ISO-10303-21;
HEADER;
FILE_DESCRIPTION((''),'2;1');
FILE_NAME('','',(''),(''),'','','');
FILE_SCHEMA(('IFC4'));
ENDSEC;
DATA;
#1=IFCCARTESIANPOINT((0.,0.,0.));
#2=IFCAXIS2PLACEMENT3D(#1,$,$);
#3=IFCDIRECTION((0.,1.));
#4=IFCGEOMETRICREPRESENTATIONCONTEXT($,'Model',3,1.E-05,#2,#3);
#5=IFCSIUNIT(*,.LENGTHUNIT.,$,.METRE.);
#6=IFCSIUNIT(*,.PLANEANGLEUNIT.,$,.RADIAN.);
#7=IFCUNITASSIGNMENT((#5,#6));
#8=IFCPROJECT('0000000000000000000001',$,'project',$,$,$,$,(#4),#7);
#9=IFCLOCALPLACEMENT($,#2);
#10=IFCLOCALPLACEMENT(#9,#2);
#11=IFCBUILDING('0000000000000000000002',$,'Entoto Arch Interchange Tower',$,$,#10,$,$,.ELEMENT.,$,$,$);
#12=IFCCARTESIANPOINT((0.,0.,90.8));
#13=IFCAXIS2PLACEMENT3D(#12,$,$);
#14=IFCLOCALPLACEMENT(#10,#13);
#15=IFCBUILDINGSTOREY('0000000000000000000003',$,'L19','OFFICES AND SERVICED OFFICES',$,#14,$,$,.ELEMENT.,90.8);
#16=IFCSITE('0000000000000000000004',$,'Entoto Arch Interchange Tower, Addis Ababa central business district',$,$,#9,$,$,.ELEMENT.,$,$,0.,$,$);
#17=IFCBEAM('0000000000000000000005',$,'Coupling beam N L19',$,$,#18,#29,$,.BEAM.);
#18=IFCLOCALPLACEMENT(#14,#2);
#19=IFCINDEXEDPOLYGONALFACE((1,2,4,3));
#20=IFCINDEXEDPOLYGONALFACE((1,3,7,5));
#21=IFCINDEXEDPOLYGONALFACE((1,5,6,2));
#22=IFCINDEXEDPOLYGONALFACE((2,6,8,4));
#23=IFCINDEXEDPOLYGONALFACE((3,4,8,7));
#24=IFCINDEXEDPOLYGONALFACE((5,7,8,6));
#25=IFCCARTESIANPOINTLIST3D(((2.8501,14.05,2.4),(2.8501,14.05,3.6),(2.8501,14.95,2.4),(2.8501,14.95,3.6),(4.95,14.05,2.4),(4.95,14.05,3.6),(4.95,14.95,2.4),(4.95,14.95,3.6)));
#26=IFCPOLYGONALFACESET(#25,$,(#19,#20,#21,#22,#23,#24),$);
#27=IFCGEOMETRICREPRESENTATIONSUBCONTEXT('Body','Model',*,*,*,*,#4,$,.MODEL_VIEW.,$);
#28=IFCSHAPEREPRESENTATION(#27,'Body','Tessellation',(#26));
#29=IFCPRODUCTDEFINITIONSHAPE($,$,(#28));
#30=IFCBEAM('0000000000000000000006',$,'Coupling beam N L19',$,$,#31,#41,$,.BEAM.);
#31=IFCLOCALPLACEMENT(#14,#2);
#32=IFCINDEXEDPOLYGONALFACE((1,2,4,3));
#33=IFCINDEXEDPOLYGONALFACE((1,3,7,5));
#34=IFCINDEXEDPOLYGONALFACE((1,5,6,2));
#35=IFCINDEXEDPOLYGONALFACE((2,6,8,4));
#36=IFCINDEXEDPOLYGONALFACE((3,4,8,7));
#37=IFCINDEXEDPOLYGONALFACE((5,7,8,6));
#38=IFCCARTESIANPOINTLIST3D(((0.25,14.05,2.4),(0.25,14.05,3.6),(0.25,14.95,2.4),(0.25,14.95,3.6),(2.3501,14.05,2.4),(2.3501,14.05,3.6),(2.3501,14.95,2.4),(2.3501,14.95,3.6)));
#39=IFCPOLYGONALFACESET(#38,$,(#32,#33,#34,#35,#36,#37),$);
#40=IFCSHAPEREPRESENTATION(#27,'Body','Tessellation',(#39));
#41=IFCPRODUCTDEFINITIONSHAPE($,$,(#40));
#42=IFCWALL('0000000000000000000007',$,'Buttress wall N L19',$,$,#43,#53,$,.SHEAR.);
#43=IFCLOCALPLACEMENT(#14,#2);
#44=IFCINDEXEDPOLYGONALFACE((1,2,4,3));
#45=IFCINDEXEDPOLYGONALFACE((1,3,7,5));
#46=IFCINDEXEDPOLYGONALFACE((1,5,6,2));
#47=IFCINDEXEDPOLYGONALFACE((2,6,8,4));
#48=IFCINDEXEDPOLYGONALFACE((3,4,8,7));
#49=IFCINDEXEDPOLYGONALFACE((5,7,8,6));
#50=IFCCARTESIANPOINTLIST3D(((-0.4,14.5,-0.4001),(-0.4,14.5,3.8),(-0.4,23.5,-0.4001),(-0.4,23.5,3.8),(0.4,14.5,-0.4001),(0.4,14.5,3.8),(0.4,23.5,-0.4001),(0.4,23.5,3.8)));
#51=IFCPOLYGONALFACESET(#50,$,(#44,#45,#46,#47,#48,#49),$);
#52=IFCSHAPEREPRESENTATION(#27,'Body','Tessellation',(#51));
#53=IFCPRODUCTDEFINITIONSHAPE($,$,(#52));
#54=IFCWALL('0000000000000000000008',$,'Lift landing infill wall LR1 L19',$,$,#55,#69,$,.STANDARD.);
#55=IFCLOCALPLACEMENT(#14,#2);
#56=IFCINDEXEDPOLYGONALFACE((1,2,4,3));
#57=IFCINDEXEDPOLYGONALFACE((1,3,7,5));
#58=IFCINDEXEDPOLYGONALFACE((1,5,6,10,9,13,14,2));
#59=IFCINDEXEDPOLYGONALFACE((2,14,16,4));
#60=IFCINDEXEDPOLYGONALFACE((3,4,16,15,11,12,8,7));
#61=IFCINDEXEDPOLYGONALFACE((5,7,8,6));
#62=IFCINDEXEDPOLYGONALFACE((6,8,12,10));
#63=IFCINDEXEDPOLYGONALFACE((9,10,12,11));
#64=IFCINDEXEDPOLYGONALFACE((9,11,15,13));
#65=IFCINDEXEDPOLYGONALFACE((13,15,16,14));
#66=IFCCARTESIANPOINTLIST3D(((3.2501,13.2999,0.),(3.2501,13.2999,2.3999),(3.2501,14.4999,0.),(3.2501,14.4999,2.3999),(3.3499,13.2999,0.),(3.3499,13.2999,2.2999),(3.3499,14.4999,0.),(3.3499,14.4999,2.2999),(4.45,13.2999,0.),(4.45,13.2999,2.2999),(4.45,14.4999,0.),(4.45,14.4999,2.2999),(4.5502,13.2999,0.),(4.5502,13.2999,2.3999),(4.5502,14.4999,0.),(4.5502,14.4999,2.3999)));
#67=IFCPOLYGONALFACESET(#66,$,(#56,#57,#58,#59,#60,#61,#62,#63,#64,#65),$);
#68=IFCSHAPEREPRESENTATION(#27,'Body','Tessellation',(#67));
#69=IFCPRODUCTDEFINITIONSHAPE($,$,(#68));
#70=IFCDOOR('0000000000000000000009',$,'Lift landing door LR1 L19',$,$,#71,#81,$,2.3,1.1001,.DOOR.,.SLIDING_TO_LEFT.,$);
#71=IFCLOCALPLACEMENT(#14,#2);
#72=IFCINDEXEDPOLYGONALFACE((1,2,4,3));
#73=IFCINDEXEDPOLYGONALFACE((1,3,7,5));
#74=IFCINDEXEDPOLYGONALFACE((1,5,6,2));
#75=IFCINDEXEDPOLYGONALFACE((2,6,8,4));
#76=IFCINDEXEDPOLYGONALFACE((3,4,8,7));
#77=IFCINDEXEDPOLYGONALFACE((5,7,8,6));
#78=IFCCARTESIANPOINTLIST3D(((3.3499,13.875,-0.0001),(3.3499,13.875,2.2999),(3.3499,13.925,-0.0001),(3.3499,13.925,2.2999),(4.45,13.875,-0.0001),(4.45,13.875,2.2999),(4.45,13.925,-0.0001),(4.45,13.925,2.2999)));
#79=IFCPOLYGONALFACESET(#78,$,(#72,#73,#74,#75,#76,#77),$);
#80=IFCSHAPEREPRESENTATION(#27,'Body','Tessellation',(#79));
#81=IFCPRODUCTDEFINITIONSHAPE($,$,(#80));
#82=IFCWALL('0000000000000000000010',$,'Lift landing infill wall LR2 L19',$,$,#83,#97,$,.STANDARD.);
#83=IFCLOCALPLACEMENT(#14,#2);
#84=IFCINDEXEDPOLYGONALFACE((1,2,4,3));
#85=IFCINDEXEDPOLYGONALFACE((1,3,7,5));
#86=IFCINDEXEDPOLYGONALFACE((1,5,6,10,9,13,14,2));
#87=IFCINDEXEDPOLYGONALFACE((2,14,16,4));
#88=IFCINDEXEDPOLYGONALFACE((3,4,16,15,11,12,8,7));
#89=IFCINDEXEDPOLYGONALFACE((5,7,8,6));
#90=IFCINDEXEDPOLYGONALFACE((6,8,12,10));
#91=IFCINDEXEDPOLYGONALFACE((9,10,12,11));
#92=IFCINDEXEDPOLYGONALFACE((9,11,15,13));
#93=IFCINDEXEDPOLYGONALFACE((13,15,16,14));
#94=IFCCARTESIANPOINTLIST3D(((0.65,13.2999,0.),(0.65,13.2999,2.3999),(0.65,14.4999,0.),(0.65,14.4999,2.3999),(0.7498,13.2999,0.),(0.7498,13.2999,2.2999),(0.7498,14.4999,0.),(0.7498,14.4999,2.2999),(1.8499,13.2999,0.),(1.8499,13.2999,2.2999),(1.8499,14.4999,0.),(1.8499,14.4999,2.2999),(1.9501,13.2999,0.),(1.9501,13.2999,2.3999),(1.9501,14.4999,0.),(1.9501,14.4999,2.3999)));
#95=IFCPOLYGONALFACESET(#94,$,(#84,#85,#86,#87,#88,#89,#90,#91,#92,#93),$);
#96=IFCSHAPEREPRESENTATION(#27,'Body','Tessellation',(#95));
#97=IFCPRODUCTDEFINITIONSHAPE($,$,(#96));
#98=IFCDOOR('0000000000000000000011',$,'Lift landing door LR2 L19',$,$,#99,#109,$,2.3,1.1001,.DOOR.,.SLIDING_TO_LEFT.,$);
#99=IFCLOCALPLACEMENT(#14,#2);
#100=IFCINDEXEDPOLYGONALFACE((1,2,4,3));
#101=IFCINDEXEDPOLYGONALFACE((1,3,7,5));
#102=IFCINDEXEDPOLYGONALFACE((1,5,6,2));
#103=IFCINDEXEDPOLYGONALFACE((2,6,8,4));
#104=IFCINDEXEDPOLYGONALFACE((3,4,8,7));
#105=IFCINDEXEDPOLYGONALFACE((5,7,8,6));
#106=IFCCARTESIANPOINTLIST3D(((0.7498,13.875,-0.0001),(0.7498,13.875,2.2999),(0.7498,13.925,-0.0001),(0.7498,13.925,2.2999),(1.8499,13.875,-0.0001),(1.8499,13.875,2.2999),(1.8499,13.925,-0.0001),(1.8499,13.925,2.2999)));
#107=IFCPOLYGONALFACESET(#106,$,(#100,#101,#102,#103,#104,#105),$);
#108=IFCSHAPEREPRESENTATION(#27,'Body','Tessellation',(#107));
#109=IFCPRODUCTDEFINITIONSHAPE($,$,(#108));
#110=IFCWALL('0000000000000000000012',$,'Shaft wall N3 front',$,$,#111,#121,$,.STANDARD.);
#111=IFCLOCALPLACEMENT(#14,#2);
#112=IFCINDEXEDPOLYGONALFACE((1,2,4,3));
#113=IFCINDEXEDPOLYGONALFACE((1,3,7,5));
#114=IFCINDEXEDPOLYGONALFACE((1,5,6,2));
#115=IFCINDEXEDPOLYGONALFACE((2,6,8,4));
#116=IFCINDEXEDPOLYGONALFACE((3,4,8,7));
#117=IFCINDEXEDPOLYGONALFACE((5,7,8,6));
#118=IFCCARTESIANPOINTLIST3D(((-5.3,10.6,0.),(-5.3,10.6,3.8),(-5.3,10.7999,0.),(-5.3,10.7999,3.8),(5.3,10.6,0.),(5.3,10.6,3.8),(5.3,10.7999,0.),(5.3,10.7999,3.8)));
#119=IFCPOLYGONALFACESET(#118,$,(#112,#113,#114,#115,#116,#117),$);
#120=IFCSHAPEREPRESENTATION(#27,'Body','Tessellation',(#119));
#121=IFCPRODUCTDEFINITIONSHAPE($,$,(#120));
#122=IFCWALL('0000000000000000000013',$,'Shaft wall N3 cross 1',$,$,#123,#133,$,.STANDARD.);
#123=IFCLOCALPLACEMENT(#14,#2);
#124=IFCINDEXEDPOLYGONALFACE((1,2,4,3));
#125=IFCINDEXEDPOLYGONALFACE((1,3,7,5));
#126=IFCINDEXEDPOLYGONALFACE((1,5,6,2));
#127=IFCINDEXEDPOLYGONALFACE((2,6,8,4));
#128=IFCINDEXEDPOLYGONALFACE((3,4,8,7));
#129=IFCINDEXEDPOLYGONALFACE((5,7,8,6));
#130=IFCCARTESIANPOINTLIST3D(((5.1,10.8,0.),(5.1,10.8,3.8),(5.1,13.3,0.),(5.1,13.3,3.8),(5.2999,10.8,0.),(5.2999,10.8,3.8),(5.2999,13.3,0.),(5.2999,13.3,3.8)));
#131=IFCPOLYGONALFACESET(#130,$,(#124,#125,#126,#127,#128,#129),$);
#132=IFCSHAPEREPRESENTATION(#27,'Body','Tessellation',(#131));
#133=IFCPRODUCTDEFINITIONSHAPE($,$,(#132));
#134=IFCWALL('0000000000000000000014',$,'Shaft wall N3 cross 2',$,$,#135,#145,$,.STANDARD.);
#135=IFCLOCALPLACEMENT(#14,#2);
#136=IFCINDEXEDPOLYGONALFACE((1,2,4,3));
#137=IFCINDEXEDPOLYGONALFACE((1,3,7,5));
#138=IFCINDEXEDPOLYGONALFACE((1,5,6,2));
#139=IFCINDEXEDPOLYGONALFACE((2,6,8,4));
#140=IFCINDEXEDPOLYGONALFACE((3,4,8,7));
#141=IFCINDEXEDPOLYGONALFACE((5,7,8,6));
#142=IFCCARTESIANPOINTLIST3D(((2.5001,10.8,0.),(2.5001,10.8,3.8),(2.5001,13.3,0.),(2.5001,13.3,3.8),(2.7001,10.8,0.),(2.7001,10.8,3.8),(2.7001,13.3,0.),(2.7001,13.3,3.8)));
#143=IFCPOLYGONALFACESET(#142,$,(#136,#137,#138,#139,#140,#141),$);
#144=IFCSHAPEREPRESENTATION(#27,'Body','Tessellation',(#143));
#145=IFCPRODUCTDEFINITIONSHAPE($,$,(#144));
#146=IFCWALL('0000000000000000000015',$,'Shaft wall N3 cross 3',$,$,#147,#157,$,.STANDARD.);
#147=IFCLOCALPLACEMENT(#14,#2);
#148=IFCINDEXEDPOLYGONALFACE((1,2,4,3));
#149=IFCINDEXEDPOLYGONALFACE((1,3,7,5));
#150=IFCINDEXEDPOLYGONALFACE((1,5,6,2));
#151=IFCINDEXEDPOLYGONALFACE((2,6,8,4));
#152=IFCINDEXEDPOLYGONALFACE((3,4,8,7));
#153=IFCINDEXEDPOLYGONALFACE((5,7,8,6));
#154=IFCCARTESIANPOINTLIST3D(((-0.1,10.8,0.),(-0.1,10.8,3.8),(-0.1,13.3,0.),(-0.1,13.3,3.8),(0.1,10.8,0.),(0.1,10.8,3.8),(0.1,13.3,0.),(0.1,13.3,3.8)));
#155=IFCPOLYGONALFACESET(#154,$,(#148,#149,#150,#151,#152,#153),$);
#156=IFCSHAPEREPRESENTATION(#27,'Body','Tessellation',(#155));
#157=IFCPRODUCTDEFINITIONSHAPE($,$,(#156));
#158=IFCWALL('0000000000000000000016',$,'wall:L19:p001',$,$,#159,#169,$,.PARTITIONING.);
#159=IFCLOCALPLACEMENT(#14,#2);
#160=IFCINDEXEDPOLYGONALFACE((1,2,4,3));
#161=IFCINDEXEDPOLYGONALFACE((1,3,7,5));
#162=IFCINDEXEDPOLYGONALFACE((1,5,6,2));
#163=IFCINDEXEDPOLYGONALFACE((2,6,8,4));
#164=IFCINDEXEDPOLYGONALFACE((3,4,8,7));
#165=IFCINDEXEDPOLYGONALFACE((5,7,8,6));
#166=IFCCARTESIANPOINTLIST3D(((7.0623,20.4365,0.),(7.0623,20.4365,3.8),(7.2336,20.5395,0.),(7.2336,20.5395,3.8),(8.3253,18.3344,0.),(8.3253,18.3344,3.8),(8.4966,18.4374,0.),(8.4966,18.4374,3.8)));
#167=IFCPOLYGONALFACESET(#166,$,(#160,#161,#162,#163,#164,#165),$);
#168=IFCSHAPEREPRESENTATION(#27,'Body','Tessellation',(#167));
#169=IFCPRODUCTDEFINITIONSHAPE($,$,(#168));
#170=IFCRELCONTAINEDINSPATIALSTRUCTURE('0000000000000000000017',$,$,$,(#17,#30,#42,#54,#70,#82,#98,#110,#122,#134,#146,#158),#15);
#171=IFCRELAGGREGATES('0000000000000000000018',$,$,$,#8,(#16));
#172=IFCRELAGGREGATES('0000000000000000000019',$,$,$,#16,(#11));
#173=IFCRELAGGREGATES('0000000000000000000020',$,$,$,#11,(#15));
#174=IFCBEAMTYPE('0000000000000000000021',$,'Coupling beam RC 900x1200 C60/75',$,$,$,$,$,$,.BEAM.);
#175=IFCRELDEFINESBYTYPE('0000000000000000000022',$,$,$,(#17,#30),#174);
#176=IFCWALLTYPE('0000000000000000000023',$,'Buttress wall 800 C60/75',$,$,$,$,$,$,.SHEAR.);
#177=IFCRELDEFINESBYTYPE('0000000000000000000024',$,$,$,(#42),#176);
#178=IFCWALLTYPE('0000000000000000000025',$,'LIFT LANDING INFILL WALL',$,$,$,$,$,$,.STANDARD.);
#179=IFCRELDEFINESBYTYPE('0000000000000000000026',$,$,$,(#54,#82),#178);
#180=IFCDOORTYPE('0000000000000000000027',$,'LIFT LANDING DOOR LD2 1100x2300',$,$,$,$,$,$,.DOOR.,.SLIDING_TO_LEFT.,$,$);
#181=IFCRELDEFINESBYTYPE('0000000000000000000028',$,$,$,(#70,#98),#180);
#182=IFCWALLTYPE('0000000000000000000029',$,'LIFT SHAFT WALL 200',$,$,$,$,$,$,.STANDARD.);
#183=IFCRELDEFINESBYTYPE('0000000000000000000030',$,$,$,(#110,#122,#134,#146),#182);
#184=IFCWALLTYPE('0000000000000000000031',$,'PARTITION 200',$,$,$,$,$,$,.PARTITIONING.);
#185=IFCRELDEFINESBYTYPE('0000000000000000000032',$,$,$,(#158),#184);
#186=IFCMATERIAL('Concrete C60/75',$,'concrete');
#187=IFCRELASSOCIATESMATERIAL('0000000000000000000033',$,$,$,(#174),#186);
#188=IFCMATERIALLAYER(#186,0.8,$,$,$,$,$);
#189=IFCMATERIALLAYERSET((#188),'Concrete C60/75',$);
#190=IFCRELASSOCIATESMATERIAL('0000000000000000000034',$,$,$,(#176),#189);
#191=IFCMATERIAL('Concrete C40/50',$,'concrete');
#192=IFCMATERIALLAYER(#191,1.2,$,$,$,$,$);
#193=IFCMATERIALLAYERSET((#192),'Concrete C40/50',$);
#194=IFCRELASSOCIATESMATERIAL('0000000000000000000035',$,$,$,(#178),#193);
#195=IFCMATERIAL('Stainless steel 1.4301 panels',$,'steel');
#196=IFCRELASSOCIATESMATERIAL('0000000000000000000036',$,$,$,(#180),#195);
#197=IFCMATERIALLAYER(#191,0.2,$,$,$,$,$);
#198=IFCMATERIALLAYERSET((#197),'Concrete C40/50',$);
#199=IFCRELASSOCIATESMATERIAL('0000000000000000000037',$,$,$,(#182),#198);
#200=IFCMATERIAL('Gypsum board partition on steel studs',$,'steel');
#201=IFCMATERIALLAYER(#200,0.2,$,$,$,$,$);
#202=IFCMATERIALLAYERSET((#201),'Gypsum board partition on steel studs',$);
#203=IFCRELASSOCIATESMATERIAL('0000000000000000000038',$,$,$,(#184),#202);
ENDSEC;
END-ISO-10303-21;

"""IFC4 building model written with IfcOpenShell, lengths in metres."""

from ifc_helpers import new_model, si_unit, direction, frame, frame_2d, origin, origin_2d, place, context, subcontext, project, spatial, rectangle, extrude, material, layer, layer_set, material_profile, profile_set, type_object, element, fill, save


model = new_model("IFC4")

# Units and contexts
model_context = context("Model", 3, precision=1e-05, world=origin(), true_north=direction((0.0, 1.0)))
body_context = subcontext(model_context, "Body", "Model", "MODEL_VIEW")
ifc_project = project(units=[si_unit("LENGTHUNIT", "METRE"), si_unit("PLANEANGLEUNIT", "RADIAN")], contexts=[model_context])

# Site, building, storey
site_placement = place(None, origin())
site = spatial("IfcSite", under=ifc_project, at=site_placement, Name="Entoto Arch Interchange Tower, Addis Ababa central business district", CompositionType="ELEMENT", RefElevation=0.0)
building_placement = place(site_placement, origin())
building = spatial("IfcBuilding", under=site, at=building_placement, Name="Entoto Arch Interchange Tower", CompositionType="ELEMENT")
storey_placement = place(building_placement, frame((0.0, 0.0, 90.8)))
storey = spatial("IfcBuildingStorey", under=building, at=storey_placement, Name="L19", Description="OFFICES AND SERVICED OFFICES", CompositionType="ELEMENT", Elevation=90.8)

# Beams
ifc_material_1 = material(Name="Concrete C60/75", Category="concrete")
ifc_material_profile = material_profile(ifc_material_1, rectangle(XDim=0.8999, YDim=1.2, at=origin_2d()))
ifc_profile_set = profile_set([ifc_material_profile], Name="Concrete C60/75")
beam_type = type_object("IfcBeamType", Name="Coupling beam RC 900x1200 C60/75", PredefinedType="BEAM", material=ifc_profile_set)
beam_1_placement = place(storey_placement, frame((4.95, 14.5, 3.0), z_axis=(-1.0, 0.0, 0.0), x_axis=(0.0, -1.0, 0.0)))
element("IfcBeam", 1, at=beam_1_placement, inside=storey, type_object=beam_type, Name="Coupling beam N L19", PredefinedType="BEAM", context=body_context, shape_type="SweptSolid", body=[
    extrude(rectangle(XDim=0.8999, YDim=1.2, at=origin_2d()), origin(), (0.0, 0.0, 1.0), 2.0999),
])
beam_2_placement = place(storey_placement, frame((2.3501, 14.5, 3.0), z_axis=(-1.0, 0.0, 0.0), x_axis=(0.0, -1.0, 0.0)))
element("IfcBeam", 2, at=beam_2_placement, inside=storey, type_object=beam_type, Name="Coupling beam N L19", PredefinedType="BEAM", context=body_context, shape_type="SweptSolid", body=[
    extrude(rectangle(XDim=0.8999, YDim=1.2, at=origin_2d()), origin(), (0.0, 0.0, 1.0), 2.1001),
])

# Wall
ifc_layer_1 = layer(ifc_material_1, 0.8)
ifc_layer_set_1 = layer_set([ifc_layer_1], Name="Concrete C60/75")
wall_type_1 = type_object("IfcWallType", Name="Buttress wall 800 C60/75", PredefinedType="SHEAR", material=ifc_layer_set_1)
wall_1_placement = place(storey_placement, frame((0.0, 14.5, -0.4001), z_axis=(0.0, 0.0, 1.0), x_axis=(0.0, 1.0, 0.0)))
element("IfcWall", 3, at=wall_1_placement, inside=storey, type_object=wall_type_1, Name="Buttress wall N L19", PredefinedType="SHEAR", context=body_context, shape_type="SweptSolid", body=[
    extrude(rectangle(XDim=9.0, YDim=0.8, at=frame_2d((4.5, 0.0))), origin(), (0.0, 0.0, 1.0), 4.2002),
])

# Walls, openings, doors
ifc_material_2 = material(Name="Concrete C40/50", Category="concrete")
ifc_layer_2 = layer(ifc_material_2, 1.2)
ifc_layer_set_2 = layer_set([ifc_layer_2], Name="Concrete C40/50")
wall_type_2 = type_object("IfcWallType", Name="LIFT LANDING INFILL WALL", PredefinedType="STANDARD", material=ifc_layer_set_2)
wall_2_placement = place(storey_placement, frame((4.55, 13.8999, 0.0), z_axis=(0.0, 0.0, 1.0), x_axis=(-1.0, 0.0, 0.0)))
wall_2 = element("IfcWall", 4, at=wall_2_placement, inside=storey, type_object=wall_type_2, Name="Lift landing infill wall LR1 L19", PredefinedType="STANDARD", context=body_context, shape_type="SweptSolid", body=[
    extrude(rectangle(XDim=1.3, YDim=1.2, at=frame_2d((0.6499, 0.0))), origin(), (0.0, 0.0, 1.0), 2.3999),
])
opening_1_placement = place(wall_2_placement, frame((0.1001, 0.0, 0.0)))
opening_1 = element("IfcOpeningElement", 5, at=opening_1_placement, cuts=wall_2, PredefinedType="OPENING", context=body_context, shape_type="SweptSolid", body=[
    extrude(rectangle(XDim=1.1001, YDim=2.3, at=frame_2d((0.55, 1.1499))), frame((0.0, 0.6099, 0.0), z_axis=(0.0, -1.0, 0.0), x_axis=(1.0, 0.0, 0.0)), (0.0, 0.0, 1.0), 1.22),
])
ifc_material_3 = material(Name="Stainless steel 1.4301 panels", Category="steel")
door_type_1 = type_object("IfcDoorType", Name="LIFT LANDING DOOR LD2 1100x2300", OperationType="SLIDING_TO_LEFT", PredefinedType="DOOR", material=ifc_material_3)
door_1_placement = place(opening_1_placement, origin())
door_1 = element("IfcDoor", 6, at=door_1_placement, inside=storey, type_object=door_type_1, Name="Lift landing door LR1 L19", OperationType="SLIDING_TO_LEFT", OverallHeight=2.3, OverallWidth=1.1001, PredefinedType="DOOR", context=body_context, shape_type="SweptSolid", body=[
    extrude(rectangle(XDim=1.1001, YDim=2.3, at=frame_2d((0.55, 1.1499))), frame((0.0, 0.0249, 0.0), z_axis=(0.0, -1.0, 0.0), x_axis=(1.0, 0.0, 0.0)), (0.0, 0.0, 1.0), 0.05),
])
fill(opening_1, door_1)
wall_3_placement = place(storey_placement, frame((1.95, 13.8999, 0.0), z_axis=(0.0, 0.0, 1.0), x_axis=(-1.0, 0.0, 0.0)))
wall_3 = element("IfcWall", 7, at=wall_3_placement, inside=storey, type_object=wall_type_2, Name="Lift landing infill wall LR2 L19", PredefinedType="STANDARD", context=body_context, shape_type="SweptSolid", body=[
    extrude(rectangle(XDim=1.3, YDim=1.2, at=frame_2d((0.6499, 0.0))), origin(), (0.0, 0.0, 1.0), 2.3999),
])
opening_2_placement = place(wall_3_placement, frame((0.1001, 0.0, 0.0)))
opening_2 = element("IfcOpeningElement", 8, at=opening_2_placement, cuts=wall_3, PredefinedType="OPENING", context=body_context, shape_type="SweptSolid", body=[
    extrude(rectangle(XDim=1.1001, YDim=2.3, at=frame_2d((0.55, 1.1499))), frame((0.0, 0.6099, 0.0), z_axis=(0.0, -1.0, 0.0), x_axis=(1.0, 0.0, 0.0)), (0.0, 0.0, 1.0), 1.22),
])
door_2_placement = place(opening_2_placement, origin())
door_2 = element("IfcDoor", 9, at=door_2_placement, inside=storey, type_object=door_type_1, Name="Lift landing door LR2 L19", OperationType="SLIDING_TO_LEFT", OverallHeight=2.3, OverallWidth=1.1001, PredefinedType="DOOR", context=body_context, shape_type="SweptSolid", body=[
    extrude(rectangle(XDim=1.1001, YDim=2.3, at=frame_2d((0.55, 1.1499))), frame((0.0, 0.0249, 0.0), z_axis=(0.0, -1.0, 0.0), x_axis=(1.0, 0.0, 0.0)), (0.0, 0.0, 1.0), 0.05),
])
fill(opening_2, door_2)

# Walls
ifc_layer_3 = layer(ifc_material_2, 0.2)
ifc_layer_set_3 = layer_set([ifc_layer_3], Name="Concrete C40/50")
wall_type_3 = type_object("IfcWallType", Name="LIFT SHAFT WALL 200", PredefinedType="STANDARD", material=ifc_layer_set_3)
wall_4_placement = place(storey_placement, frame((5.3, 10.7, 0.0), z_axis=(0.0, 0.0, 1.0), x_axis=(-1.0, 0.0, 0.0)))
element("IfcWall", 10, at=wall_4_placement, inside=storey, type_object=wall_type_3, Name="Shaft wall N3 front", PredefinedType="STANDARD", context=body_context, shape_type="SweptSolid", body=[
    extrude(rectangle(XDim=10.6001, YDim=0.2, at=frame_2d((5.3, 0.0))), origin(), (0.0, 0.0, 1.0), 3.8),
])
for number, where, z_axis, x_axis, name in (
    (11, (5.2, 10.8, 0.0), (0.0, 0.0, 1.0), (0.0, 1.0, 0.0), "Shaft wall N3 cross 1"),
    (12, (2.6001, 10.8, 0.0), (0.0, 0.0, 1.0), (0.0, 1.0, 0.0), "Shaft wall N3 cross 2"),
    (13, (0.0, 10.8, 0.0), (0.0, 0.0, 1.0), (0.0, 1.0, 0.0), "Shaft wall N3 cross 3"),
):
    element("IfcWall", number, at=place(storey_placement, frame(where, z_axis=z_axis, x_axis=x_axis)), inside=storey, type_object=wall_type_3, Name=name, PredefinedType="STANDARD", context=body_context, shape_type="SweptSolid", body=[
        extrude(rectangle(XDim=2.5, YDim=0.2, at=frame_2d((1.25, 0.0))), origin(), (0.0, 0.0, 1.0), 3.8),
    ])
ifc_material_4 = material(Name="Gypsum board partition on steel studs", Category="steel")
ifc_layer_4 = layer(ifc_material_4, 0.2)
ifc_layer_set_4 = layer_set([ifc_layer_4], Name="Gypsum board partition on steel studs")
wall_type_4 = type_object("IfcWallType", Name="PARTITION 200", PredefinedType="PARTITIONING", material=ifc_layer_set_4)
wall_5_placement = place(storey_placement, frame((8.4109, 18.386, 0.0), z_axis=(0.0, 0.0, 1.0), x_axis=(-0.515008, 0.857185, 0.0)))
element("IfcWall", 14, at=wall_5_placement, inside=storey, type_object=wall_type_4, Name="wall:L19:p001", PredefinedType="PARTITIONING", context=body_context, shape_type="SweptSolid", body=[
    extrude(rectangle(XDim=2.4524, YDim=0.2, at=frame_2d((1.2261, 0.0))), origin(), (0.0, 0.0, 1.0), 3.8),
])

save(model, "model.ifc")
